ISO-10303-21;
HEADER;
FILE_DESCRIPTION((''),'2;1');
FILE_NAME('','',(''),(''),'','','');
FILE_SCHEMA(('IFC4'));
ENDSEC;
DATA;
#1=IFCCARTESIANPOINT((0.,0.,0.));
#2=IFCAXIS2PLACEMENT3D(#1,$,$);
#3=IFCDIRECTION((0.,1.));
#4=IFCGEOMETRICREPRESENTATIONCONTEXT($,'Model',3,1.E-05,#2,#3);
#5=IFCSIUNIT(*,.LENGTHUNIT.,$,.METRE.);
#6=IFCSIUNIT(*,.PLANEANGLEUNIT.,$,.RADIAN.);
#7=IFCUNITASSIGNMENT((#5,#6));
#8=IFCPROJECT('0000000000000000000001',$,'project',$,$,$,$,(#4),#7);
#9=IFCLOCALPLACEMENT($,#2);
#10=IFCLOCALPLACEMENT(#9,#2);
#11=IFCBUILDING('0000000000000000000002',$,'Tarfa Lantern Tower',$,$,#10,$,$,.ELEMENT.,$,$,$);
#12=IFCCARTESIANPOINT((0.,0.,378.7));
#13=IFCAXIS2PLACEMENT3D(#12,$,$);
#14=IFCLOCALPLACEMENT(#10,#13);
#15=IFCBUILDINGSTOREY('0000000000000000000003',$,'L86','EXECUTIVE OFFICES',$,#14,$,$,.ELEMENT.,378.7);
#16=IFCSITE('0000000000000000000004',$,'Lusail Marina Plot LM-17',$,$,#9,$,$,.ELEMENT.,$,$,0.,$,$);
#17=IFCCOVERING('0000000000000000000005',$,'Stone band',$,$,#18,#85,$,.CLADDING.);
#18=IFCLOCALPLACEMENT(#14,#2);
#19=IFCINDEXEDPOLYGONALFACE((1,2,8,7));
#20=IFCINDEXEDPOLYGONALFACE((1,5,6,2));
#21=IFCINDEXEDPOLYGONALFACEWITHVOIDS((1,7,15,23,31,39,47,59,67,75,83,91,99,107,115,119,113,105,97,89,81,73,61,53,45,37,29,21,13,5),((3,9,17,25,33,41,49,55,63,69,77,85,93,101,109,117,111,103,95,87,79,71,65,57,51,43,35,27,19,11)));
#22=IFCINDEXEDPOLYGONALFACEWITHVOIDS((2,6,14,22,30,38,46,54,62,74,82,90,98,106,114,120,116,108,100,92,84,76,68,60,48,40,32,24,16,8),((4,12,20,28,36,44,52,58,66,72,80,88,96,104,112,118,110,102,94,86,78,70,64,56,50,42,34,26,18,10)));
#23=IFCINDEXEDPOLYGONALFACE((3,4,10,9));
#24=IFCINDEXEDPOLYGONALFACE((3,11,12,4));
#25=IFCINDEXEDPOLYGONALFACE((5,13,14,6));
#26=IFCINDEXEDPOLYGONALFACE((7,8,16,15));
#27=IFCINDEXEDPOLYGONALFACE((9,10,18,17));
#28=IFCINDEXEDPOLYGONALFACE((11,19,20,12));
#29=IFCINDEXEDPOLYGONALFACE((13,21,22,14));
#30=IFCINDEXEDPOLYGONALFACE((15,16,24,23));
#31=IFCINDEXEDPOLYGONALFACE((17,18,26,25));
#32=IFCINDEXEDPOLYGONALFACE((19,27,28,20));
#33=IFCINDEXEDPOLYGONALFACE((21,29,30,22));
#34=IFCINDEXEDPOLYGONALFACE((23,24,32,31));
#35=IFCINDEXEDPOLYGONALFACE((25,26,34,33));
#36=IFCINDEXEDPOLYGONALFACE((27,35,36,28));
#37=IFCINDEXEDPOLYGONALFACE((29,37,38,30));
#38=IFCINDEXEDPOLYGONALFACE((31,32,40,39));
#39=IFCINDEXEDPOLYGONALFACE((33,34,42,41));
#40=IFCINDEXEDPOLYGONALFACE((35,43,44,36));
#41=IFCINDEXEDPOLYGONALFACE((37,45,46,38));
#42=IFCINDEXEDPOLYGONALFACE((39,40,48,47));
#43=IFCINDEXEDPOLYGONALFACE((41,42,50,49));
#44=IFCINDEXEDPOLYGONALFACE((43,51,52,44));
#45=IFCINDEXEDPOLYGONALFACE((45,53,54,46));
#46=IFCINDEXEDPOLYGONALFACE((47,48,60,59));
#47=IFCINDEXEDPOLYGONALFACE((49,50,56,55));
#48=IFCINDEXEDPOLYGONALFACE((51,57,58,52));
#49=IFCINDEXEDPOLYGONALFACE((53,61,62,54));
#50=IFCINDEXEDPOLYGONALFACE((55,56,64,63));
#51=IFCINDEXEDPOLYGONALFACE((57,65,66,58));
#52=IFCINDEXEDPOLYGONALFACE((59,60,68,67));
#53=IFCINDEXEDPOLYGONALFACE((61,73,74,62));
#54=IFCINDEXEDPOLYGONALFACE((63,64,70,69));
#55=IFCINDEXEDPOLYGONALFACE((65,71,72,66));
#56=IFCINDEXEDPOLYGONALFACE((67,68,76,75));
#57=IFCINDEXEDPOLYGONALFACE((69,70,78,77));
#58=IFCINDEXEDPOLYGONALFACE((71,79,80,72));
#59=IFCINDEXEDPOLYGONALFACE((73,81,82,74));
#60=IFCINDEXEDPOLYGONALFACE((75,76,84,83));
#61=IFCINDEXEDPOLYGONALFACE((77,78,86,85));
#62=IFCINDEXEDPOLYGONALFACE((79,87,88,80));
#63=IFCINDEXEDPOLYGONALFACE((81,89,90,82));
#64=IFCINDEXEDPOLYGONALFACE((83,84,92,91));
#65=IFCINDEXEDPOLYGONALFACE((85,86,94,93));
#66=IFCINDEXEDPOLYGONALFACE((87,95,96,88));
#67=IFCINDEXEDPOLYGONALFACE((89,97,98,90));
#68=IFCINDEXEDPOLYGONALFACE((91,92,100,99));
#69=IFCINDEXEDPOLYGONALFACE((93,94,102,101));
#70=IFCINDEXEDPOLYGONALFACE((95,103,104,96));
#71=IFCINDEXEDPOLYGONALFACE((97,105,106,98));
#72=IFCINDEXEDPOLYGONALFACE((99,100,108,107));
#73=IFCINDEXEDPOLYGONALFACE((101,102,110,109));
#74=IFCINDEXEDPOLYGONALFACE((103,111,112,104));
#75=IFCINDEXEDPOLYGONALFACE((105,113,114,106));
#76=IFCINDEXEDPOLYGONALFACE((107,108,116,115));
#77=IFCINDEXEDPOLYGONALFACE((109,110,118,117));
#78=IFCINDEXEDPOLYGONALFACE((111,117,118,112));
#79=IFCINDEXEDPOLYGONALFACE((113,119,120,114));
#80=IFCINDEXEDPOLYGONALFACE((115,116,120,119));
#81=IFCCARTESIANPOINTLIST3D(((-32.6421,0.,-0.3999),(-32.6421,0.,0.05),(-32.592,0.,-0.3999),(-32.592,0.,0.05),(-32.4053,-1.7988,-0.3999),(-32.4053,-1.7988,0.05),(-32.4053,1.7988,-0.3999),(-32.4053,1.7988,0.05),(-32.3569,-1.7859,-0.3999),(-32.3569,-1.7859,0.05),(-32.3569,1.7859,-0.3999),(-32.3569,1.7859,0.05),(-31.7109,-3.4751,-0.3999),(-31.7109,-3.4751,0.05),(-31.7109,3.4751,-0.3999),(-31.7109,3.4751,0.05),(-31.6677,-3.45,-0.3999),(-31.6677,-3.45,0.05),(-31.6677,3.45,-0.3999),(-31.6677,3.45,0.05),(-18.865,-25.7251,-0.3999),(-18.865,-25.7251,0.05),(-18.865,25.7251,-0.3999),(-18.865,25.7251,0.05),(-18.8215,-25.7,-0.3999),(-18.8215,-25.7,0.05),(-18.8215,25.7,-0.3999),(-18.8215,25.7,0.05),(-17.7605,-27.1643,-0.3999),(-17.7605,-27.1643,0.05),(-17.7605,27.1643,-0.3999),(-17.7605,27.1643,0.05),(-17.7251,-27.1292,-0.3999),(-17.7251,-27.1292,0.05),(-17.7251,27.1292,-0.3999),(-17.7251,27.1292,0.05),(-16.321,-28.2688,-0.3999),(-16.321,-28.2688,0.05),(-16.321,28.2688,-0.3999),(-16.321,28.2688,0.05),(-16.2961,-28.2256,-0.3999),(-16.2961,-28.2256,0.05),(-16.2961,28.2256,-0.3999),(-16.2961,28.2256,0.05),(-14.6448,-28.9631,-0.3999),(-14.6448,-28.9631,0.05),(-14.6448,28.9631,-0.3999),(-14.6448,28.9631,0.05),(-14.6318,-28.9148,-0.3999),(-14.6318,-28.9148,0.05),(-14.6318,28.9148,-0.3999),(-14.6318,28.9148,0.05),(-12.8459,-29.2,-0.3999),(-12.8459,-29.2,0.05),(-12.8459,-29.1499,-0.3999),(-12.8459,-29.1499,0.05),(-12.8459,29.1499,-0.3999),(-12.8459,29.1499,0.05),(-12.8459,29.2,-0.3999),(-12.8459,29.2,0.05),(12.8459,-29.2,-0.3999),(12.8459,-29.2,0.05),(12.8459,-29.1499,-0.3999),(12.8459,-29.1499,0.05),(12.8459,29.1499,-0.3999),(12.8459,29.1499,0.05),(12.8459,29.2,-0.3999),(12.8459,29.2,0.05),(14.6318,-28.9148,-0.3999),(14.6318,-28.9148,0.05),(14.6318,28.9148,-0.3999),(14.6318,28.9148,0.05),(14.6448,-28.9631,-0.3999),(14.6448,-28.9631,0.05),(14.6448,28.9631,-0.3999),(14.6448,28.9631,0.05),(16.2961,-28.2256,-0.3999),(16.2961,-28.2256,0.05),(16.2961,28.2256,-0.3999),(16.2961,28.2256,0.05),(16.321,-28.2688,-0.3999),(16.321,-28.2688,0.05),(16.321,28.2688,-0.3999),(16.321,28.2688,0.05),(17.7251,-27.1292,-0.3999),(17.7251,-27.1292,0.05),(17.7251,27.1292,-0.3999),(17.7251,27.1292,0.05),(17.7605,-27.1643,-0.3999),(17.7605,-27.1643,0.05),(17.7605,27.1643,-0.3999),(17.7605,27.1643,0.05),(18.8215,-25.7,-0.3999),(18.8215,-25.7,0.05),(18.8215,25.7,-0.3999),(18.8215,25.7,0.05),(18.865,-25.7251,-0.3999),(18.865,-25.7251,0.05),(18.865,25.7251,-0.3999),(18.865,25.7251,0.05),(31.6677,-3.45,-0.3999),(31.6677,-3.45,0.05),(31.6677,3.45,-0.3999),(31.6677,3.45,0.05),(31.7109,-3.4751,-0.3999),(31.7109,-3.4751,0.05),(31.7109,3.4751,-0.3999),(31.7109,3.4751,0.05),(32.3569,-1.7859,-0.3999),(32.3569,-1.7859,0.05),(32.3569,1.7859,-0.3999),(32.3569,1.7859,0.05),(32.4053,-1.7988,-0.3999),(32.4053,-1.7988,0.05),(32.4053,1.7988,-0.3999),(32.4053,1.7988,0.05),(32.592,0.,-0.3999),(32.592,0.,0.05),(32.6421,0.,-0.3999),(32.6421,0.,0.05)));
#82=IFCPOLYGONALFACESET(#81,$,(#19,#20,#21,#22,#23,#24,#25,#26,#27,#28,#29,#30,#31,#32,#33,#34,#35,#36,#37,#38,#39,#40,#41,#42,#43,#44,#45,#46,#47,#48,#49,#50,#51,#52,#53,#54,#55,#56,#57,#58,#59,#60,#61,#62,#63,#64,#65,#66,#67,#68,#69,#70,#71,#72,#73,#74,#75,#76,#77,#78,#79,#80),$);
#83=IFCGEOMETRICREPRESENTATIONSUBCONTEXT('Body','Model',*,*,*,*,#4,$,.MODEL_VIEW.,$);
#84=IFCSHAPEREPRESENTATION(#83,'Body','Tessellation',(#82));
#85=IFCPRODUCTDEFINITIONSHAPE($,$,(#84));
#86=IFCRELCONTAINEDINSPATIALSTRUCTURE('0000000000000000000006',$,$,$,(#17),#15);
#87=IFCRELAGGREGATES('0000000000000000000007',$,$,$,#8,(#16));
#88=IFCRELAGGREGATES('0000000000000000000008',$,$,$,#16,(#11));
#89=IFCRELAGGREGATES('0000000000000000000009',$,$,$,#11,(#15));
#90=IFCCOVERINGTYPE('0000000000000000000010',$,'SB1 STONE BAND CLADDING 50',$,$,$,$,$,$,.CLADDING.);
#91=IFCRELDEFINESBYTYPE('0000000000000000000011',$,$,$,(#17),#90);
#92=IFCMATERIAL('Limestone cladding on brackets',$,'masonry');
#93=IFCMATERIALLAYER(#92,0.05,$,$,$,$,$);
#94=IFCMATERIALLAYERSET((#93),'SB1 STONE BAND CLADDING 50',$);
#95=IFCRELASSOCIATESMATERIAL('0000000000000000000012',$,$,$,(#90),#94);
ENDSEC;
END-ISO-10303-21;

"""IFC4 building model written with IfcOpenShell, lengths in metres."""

from ifc_helpers import new_model, si_unit, direction, frame, origin, place, context, subcontext, project, spatial, polyline, outline, extrude, material, layer, layer_set, type_object, element, save


model = new_model("IFC4")

# Units and contexts
model_context = context("Model", 3, precision=1e-05, world=origin(), true_north=direction((0.0, 1.0)))
body_context = subcontext(model_context, "Body", "Model", "MODEL_VIEW")
ifc_project = project(units=[si_unit("LENGTHUNIT", "METRE"), si_unit("PLANEANGLEUNIT", "RADIAN")], contexts=[model_context])

# Site, building, storey
site_placement = place(None, origin())
site = spatial("IfcSite", under=ifc_project, at=site_placement, Name="Lusail Marina Plot LM-17", CompositionType="ELEMENT", RefElevation=0.0)
building_placement = place(site_placement, origin())
building = spatial("IfcBuilding", under=site, at=building_placement, Name="Tarfa Lantern Tower", CompositionType="ELEMENT")
storey_placement = place(building_placement, frame((0.0, 0.0, 378.7)))
storey = spatial("IfcBuildingStorey", under=building, at=storey_placement, Name="L86", Description="EXECUTIVE OFFICES", CompositionType="ELEMENT", Elevation=378.7)

# Covering
ifc_material_1 = material(Name="Limestone cladding on brackets", Category="masonry")
ifc_layer_1 = layer(ifc_material_1, 0.05)
ifc_layer_set_1 = layer_set([ifc_layer_1], Name="SB1 STONE BAND CLADDING 50")
covering_type_1 = type_object("IfcCoveringType", Name="SB1 STONE BAND CLADDING 50", PredefinedType="CLADDING", material=ifc_layer_set_1)
covering_1_placement = place(storey_placement, frame((0.0, 0.0, -0.3999)))
element("IfcCovering", 1, at=covering_1_placement, inside=storey, type_object=covering_type_1, Name="Stone band", PredefinedType="CLADDING", context=body_context, shape_type="SweptSolid", body=[
    extrude(outline(polyline([(31.7109, 3.4751), (18.865, 25.7251), (17.7605, 27.1643), (16.321, 28.2688), (14.6448, 28.9631), (12.8459, 29.2), (-12.8459, 29.2), (-14.6448, 28.9631), (-16.321, 28.2688), (-17.7605, 27.1643), (-18.865, 25.7251), (-31.7109, 3.4751), (-32.4053, 1.7988), (-32.6421, 0.0), (-32.4053, -1.7988), (-31.7109, -3.4751), (-18.865, -25.7251), (-17.7605, -27.1643), (-16.321, -28.2688), (-14.6448, -28.9631), (-12.8459, -29.2), (12.8459, -29.2), (14.6448, -28.9631), (16.321, -28.2688), (17.7605, -27.1643), (18.865, -25.7251), (31.7109, -3.4751), (32.4053, -1.7988), (32.6421, 0.0), (32.4053, 1.7988), (31.7109, 3.4751)]), holes=[polyline([(31.6677, 3.45), (18.8215, 25.7), (17.7251, 27.1292), (16.2961, 28.2256), (14.6318, 28.9148), (12.8459, 29.1499), (-12.8459, 29.1499), (-14.6318, 28.9148), (-16.2961, 28.2256), (-17.7251, 27.1292), (-18.8215, 25.7), (-31.6677, 3.45), (-32.3569, 1.7859), (-32.592, 0.0), (-32.3569, -1.7859), (-31.6677, -3.45), (-18.8215, -25.7), (-17.7251, -27.1292), (-16.2961, -28.2256), (-14.6318, -28.9148), (-12.8459, -29.1499), (12.8459, -29.1499), (14.6318, -28.9148), (16.2961, -28.2256), (17.7251, -27.1292), (18.8215, -25.7), (31.6677, -3.45), (32.3569, -1.7859), (32.592, 0.0), (32.3569, 1.7859), (31.6677, 3.45)])]), origin(), (0.0, 0.0, 1.0), 0.45),
])

save(model, "model.ifc")
